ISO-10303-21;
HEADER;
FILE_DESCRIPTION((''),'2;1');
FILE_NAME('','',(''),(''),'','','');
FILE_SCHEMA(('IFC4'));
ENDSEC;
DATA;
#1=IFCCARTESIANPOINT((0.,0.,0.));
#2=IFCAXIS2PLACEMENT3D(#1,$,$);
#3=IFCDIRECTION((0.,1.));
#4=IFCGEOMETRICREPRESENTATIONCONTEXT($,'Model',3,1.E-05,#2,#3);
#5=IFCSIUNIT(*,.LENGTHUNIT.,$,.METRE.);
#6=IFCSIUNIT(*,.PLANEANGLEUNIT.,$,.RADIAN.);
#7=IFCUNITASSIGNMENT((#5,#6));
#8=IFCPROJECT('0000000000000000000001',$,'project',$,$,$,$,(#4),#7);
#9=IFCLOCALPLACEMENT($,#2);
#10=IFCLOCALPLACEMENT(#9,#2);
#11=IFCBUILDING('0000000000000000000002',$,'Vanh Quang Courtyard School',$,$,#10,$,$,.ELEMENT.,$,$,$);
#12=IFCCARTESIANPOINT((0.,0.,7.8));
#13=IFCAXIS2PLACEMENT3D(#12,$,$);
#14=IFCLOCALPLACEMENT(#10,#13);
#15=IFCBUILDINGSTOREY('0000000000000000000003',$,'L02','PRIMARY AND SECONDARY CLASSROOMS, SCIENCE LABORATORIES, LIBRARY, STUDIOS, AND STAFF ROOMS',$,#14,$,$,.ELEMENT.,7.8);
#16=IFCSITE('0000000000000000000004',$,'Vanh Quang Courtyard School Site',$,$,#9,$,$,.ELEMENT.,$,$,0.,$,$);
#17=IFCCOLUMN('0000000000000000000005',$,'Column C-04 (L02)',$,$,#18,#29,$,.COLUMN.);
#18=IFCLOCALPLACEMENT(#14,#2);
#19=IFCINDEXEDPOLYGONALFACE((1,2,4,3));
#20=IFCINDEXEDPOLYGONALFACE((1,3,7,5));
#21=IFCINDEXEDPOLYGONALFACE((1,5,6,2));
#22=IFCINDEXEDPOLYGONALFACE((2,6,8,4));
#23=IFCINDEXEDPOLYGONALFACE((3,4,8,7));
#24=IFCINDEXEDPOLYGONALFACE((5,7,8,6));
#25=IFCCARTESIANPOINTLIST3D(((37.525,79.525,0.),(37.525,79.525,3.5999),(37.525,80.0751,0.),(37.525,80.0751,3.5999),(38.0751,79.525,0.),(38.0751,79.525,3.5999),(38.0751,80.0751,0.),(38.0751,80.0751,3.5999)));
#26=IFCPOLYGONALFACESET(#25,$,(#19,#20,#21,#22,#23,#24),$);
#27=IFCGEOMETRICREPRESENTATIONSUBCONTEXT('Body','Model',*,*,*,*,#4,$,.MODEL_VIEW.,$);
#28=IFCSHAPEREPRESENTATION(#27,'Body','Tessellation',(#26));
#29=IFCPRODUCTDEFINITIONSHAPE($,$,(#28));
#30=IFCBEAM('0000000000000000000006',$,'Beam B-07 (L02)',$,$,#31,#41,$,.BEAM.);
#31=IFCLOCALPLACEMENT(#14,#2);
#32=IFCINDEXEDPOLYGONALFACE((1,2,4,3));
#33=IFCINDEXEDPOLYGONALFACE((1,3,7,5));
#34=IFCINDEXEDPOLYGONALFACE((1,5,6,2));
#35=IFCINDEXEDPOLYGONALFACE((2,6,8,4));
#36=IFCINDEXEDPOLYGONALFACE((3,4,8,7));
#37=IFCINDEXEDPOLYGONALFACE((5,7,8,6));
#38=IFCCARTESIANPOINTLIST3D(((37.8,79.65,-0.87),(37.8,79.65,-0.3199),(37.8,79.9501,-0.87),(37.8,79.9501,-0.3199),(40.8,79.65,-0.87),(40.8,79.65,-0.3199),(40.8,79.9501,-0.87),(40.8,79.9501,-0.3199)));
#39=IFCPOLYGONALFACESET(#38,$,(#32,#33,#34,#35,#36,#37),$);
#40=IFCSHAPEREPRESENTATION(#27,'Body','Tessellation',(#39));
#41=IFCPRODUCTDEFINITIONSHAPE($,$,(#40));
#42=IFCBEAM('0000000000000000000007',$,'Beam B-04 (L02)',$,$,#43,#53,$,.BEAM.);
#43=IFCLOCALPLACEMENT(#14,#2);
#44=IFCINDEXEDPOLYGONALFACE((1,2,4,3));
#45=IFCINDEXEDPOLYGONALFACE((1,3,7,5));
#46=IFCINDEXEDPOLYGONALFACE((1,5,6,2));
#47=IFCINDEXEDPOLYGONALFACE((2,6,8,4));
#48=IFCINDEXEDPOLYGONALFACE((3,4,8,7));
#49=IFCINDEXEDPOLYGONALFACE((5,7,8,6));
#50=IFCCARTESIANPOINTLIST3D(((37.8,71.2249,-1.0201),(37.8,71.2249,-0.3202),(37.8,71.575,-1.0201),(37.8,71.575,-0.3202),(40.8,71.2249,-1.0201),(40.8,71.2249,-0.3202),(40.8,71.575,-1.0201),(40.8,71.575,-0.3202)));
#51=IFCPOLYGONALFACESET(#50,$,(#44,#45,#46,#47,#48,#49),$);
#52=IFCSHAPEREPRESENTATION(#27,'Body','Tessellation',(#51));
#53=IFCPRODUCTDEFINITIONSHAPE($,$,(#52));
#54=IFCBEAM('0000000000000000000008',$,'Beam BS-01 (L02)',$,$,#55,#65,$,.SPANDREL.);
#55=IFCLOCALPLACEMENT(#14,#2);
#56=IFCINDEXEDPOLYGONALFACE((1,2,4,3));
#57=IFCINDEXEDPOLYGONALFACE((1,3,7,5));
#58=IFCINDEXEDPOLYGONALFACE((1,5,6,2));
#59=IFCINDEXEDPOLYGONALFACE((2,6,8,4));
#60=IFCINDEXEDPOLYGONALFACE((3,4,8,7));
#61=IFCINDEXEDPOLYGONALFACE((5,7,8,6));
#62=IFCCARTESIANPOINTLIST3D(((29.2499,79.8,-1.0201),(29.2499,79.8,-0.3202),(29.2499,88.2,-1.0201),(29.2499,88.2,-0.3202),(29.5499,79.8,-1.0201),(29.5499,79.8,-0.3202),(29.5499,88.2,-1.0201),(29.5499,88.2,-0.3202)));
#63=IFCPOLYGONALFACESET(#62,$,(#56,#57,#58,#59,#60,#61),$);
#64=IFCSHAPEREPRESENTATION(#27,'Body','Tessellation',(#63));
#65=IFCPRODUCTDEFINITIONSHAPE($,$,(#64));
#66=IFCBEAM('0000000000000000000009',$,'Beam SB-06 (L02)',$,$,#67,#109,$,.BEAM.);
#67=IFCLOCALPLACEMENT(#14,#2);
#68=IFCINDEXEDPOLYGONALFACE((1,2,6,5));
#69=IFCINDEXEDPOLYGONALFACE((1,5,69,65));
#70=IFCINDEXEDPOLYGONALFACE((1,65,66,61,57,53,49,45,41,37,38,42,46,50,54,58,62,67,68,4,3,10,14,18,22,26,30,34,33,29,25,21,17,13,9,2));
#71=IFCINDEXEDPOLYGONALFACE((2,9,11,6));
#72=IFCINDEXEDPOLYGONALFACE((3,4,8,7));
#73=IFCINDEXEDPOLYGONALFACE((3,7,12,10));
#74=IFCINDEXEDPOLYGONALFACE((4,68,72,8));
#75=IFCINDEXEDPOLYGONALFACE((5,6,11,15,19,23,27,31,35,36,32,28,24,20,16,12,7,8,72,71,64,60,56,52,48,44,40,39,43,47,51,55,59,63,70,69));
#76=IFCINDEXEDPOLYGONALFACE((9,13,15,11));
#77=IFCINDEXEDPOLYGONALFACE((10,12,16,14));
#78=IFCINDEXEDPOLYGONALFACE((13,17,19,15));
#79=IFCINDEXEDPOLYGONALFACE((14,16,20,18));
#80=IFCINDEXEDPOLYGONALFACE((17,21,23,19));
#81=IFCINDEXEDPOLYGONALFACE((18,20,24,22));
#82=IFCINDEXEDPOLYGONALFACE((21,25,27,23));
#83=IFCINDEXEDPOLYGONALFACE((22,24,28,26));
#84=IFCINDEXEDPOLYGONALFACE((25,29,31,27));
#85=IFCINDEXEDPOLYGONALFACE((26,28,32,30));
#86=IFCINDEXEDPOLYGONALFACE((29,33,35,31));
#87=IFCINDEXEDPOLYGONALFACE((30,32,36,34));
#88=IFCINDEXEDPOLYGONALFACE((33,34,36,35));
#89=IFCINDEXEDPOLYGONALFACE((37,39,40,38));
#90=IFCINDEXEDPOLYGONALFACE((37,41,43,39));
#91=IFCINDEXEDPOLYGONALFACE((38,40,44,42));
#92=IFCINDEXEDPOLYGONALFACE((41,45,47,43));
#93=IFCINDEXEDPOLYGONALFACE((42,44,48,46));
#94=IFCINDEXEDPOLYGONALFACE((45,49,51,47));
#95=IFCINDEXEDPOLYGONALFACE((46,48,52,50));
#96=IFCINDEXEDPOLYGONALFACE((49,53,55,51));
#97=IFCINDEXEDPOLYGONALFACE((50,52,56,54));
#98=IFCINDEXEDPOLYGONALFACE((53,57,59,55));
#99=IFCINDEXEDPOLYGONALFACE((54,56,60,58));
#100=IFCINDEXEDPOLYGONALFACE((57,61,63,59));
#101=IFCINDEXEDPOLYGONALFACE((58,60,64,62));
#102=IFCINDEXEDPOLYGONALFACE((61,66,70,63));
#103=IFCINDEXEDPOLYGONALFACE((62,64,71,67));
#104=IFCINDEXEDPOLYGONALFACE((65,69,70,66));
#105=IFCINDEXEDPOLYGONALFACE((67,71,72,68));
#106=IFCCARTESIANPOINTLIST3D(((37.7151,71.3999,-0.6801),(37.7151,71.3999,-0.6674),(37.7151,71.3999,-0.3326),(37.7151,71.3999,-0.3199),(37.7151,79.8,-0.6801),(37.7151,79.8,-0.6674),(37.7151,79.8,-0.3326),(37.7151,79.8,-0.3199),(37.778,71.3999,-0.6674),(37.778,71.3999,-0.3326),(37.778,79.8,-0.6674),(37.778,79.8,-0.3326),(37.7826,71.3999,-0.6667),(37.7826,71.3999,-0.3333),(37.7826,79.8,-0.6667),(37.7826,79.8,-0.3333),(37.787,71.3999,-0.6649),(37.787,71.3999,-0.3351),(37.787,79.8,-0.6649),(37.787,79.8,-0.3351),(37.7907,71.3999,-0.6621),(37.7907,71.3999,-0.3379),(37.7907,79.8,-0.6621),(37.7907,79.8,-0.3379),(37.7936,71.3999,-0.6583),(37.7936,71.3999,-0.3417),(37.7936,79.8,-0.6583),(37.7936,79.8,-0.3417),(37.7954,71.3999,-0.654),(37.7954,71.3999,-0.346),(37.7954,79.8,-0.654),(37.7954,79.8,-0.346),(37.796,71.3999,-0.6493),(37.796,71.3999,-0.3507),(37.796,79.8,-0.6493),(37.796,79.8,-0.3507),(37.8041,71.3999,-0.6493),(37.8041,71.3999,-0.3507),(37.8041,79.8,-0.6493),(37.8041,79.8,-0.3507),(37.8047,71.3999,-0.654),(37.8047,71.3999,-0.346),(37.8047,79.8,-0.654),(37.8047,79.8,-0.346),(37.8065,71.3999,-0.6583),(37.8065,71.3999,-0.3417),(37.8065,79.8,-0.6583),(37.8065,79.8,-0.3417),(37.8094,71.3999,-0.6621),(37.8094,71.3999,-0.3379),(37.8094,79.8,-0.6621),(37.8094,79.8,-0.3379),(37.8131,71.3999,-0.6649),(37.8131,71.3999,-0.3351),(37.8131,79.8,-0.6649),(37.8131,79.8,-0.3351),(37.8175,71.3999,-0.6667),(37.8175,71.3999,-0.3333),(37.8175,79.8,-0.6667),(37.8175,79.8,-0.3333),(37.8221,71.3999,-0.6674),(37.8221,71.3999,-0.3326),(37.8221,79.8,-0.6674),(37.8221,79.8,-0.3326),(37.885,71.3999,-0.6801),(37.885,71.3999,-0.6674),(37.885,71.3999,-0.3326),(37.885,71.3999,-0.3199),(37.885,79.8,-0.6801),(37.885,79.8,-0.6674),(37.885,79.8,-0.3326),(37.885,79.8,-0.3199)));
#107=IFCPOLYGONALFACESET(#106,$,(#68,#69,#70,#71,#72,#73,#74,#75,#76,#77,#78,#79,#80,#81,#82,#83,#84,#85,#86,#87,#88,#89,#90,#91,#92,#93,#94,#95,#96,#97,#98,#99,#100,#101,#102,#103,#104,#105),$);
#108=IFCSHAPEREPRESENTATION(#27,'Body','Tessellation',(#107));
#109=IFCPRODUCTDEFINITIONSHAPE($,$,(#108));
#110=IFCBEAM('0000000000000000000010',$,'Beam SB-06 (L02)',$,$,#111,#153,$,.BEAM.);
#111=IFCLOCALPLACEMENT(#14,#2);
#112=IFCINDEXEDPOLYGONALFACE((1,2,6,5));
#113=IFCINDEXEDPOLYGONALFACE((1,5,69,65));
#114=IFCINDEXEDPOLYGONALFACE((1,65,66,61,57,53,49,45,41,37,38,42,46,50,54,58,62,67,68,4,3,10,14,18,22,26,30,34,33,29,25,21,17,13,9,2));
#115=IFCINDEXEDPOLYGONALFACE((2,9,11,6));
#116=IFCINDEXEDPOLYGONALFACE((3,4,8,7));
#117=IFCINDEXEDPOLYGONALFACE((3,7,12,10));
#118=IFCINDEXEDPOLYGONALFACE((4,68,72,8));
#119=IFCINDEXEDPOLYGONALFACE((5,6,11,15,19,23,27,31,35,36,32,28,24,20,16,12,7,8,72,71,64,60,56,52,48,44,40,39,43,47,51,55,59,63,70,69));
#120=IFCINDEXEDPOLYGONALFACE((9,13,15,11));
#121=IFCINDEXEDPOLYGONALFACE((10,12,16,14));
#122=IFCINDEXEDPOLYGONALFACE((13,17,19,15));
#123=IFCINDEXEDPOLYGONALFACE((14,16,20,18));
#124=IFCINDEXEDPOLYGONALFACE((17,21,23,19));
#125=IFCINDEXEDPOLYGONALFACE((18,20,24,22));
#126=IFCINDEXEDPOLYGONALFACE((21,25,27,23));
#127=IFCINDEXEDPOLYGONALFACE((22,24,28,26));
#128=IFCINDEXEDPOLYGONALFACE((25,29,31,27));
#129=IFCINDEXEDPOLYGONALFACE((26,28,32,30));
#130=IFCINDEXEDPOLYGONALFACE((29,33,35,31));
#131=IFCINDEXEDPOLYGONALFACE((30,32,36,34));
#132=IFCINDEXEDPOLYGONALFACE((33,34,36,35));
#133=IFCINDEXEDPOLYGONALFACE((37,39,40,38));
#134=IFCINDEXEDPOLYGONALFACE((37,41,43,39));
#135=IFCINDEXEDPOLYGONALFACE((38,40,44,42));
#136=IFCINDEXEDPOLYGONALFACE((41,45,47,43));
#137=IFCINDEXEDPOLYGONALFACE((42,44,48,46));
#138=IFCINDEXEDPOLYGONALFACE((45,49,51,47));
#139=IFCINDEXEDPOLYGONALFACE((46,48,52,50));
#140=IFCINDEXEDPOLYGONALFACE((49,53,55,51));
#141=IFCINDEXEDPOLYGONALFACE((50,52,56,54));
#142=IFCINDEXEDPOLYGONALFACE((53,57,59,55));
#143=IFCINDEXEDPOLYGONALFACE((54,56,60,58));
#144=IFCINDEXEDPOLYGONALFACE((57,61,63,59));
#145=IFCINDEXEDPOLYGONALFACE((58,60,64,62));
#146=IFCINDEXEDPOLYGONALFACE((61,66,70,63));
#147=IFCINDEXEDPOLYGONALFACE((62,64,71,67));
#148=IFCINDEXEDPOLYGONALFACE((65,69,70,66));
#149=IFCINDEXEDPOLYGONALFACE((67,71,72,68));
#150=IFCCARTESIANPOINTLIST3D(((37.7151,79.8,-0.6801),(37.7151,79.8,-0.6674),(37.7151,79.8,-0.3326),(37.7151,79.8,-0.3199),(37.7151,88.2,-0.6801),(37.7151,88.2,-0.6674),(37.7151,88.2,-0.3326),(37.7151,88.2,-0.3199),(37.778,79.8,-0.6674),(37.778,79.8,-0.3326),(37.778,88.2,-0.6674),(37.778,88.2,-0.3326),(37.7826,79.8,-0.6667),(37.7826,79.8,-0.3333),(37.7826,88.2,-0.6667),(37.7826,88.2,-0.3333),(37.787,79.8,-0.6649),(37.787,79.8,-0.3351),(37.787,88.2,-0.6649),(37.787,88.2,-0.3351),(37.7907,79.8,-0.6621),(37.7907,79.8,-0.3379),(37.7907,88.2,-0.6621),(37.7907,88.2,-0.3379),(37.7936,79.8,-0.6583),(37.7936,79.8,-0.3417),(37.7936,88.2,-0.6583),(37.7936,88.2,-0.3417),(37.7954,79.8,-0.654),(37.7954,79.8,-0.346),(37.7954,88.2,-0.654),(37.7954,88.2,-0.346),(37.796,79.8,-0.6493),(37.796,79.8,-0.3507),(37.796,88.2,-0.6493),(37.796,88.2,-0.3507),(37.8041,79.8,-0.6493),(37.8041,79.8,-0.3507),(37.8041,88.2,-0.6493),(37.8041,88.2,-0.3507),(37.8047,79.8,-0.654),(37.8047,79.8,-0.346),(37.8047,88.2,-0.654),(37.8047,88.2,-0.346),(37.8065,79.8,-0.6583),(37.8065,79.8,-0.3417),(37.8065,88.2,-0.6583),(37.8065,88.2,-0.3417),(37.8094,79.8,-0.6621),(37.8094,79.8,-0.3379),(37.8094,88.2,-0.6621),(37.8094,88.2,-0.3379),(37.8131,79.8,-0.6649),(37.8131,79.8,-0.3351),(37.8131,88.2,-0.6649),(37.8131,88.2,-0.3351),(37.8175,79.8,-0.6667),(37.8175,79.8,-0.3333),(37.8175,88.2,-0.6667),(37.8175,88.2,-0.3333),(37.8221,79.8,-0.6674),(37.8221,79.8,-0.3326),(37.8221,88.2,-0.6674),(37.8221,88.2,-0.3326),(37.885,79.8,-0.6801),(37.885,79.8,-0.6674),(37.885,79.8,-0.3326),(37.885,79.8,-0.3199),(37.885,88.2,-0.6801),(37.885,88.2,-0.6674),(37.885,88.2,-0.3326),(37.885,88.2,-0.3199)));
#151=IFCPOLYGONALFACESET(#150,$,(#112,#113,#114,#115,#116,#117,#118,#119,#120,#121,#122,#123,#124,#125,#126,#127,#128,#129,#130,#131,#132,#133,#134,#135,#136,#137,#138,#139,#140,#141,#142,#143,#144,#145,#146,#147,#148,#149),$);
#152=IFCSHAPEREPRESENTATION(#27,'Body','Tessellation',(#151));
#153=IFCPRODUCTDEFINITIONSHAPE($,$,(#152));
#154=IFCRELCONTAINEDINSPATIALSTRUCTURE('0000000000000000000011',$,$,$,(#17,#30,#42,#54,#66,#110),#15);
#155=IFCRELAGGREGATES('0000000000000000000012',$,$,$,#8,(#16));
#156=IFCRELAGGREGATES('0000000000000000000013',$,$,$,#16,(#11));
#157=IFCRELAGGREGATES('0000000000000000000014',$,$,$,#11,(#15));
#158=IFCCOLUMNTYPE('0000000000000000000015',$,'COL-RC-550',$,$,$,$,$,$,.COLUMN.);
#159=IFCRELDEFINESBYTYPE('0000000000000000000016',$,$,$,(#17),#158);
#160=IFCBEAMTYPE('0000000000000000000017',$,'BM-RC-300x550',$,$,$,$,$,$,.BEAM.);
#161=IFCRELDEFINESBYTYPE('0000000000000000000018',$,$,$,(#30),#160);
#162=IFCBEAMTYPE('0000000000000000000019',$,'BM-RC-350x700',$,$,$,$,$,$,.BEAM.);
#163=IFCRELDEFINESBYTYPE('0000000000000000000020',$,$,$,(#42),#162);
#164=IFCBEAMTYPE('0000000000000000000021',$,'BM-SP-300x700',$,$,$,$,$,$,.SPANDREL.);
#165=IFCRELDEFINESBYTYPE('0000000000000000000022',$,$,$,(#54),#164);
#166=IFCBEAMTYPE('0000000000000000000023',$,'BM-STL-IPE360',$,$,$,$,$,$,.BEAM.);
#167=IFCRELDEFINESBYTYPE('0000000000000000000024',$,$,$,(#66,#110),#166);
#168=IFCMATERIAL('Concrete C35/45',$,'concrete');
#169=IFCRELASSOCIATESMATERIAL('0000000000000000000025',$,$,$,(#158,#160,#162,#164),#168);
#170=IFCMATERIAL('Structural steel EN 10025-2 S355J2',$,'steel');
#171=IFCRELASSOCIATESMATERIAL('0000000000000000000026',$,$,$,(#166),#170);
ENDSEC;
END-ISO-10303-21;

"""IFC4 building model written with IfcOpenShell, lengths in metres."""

from ifc_helpers import new_model, si_unit, direction, frame, origin, origin_2d, place, context, subcontext, project, spatial, rectangle, i_section, extrude, material, material_profile, profile_set, type_object, element, save


model = new_model("IFC4")

# Units and contexts
model_context = context("Model", 3, precision=1e-05, world=origin(), true_north=direction((0.0, 1.0)))
body_context = subcontext(model_context, "Body", "Model", "MODEL_VIEW")
ifc_project = project(units=[si_unit("LENGTHUNIT", "METRE"), si_unit("PLANEANGLEUNIT", "RADIAN")], contexts=[model_context])

# Site, building, storey
site_placement = place(None, origin())
site = spatial("IfcSite", under=ifc_project, at=site_placement, Name="Vanh Quang Courtyard School Site", CompositionType="ELEMENT", RefElevation=0.0)
building_placement = place(site_placement, origin())
building = spatial("IfcBuilding", under=site, at=building_placement, Name="Vanh Quang Courtyard School", CompositionType="ELEMENT")
storey_placement = place(building_placement, frame((0.0, 0.0, 7.8)))
storey = spatial("IfcBuildingStorey", under=building, at=storey_placement, Name="L02", Description="PRIMARY AND SECONDARY CLASSROOMS, SCIENCE LABORATORIES, LIBRARY, STUDIOS, AND STAFF ROOMS", CompositionType="ELEMENT", Elevation=7.8)

# Column
ifc_material_1 = material(Name="Concrete C35/45", Category="concrete")
ifc_material_profile_1 = material_profile(ifc_material_1, rectangle(XDim=0.55, YDim=0.55, at=origin_2d()), Name="RC-COL 550x550")
ifc_profile_set_1 = profile_set([ifc_material_profile_1], Name="Concrete C35/45")
column_type = type_object("IfcColumnType", Name="COL-RC-550", PredefinedType="COLUMN", material=ifc_profile_set_1)
column_placement = place(storey_placement, frame((37.8, 79.8, 0.0), z_axis=(0.0, 0.0, 1.0), x_axis=(1.0, 0.0, 0.0)))
element("IfcColumn", 1, at=column_placement, inside=storey, type_object=column_type, Name="Column C-04 (L02)", PredefinedType="COLUMN", context=body_context, shape_type="SweptSolid", body=[
    extrude(rectangle(XDim=0.55, YDim=0.55, at=origin_2d()), origin(), (0.0, 0.0, 1.0), 3.5999),
])

# Beams
ifc_material_profile_2 = material_profile(ifc_material_1, rectangle(XDim=0.3, YDim=0.55, at=origin_2d()), Name="RC-BM 300x550")
ifc_profile_set_2 = profile_set([ifc_material_profile_2], Name="Concrete C35/45")
beam_type_1 = type_object("IfcBeamType", Name="BM-RC-300x550", PredefinedType="BEAM", material=ifc_profile_set_2)
beam_1_placement = place(storey_placement, frame((37.8, 79.8, -0.595), z_axis=(1.0, 0.0, 0.0), x_axis=(0.0, 1.0, 0.0)))
element("IfcBeam", 2, at=beam_1_placement, inside=storey, type_object=beam_type_1, Name="Beam B-07 (L02)", PredefinedType="BEAM", context=body_context, shape_type="SweptSolid", body=[
    extrude(rectangle(XDim=0.3, YDim=0.55, at=origin_2d()), origin(), (0.0, 0.0, 1.0), 3.0),
])
ifc_material_profile_3 = material_profile(ifc_material_1, rectangle(XDim=0.3501, YDim=0.7, at=origin_2d()), Name="RC-BM 350x700")
ifc_profile_set_3 = profile_set([ifc_material_profile_3], Name="Concrete C35/45")
beam_type_2 = type_object("IfcBeamType", Name="BM-RC-350x700", PredefinedType="BEAM", material=ifc_profile_set_3)
beam_2_placement = place(storey_placement, frame((37.8, 71.3999, -0.6702), z_axis=(1.0, 0.0, 0.0), x_axis=(0.0, 1.0, 0.0)))
element("IfcBeam", 3, at=beam_2_placement, inside=storey, type_object=beam_type_2, Name="Beam B-04 (L02)", PredefinedType="BEAM", context=body_context, shape_type="SweptSolid", body=[
    extrude(rectangle(XDim=0.3501, YDim=0.7, at=origin_2d()), origin(), (0.0, 0.0, 1.0), 3.0),
])
ifc_material_profile_4 = material_profile(ifc_material_1, rectangle(XDim=0.3, YDim=0.7, at=origin_2d()), Name="RC-SP 300x700")
ifc_profile_set_4 = profile_set([ifc_material_profile_4], Name="Concrete C35/45")
beam_type_3 = type_object("IfcBeamType", Name="BM-SP-300x700", PredefinedType="SPANDREL", material=ifc_profile_set_4)
beam_3_placement = place(storey_placement, frame((29.3999, 79.8, -0.6702), z_axis=(0.0, 1.0, 0.0), x_axis=(-1.0, 0.0, 0.0)))
element("IfcBeam", 4, at=beam_3_placement, inside=storey, type_object=beam_type_3, Name="Beam BS-01 (L02)", PredefinedType="SPANDREL", context=body_context, shape_type="SweptSolid", body=[
    extrude(rectangle(XDim=0.3, YDim=0.7, at=origin_2d()), origin(), (0.0, 0.0, 1.0), 8.3999),
])
ifc_material_2 = material(Name="Structural steel EN 10025-2 S355J2", Category="steel")
ifc_material_profile_5 = material_profile(ifc_material_2, i_section(OverallWidth=0.1699, OverallDepth=0.3601, WebThickness=0.0081, FlangeThickness=0.0127, FilletRadius=0.0181, at=origin_2d()), Name="IPE 360")
ifc_profile_set_5 = profile_set([ifc_material_profile_5], Name="Structural steel EN 10025-2 S355J2")
beam_type_4 = type_object("IfcBeamType", Name="BM-STL-IPE360", PredefinedType="BEAM", material=ifc_profile_set_5)
beam_4_placement = place(storey_placement, frame((37.8, 71.3999, -0.5), z_axis=(0.0, 1.0, 0.0), x_axis=(-1.0, 0.0, 0.0)))
element("IfcBeam", 5, at=beam_4_placement, inside=storey, type_object=beam_type_4, Name="Beam SB-06 (L02)", PredefinedType="BEAM", context=body_context, shape_type="SweptSolid", body=[
    extrude(i_section(OverallWidth=0.1699, OverallDepth=0.3601, WebThickness=0.0081, FlangeThickness=0.0127, FilletRadius=0.0181, at=origin_2d()), origin(), (0.0, 0.0, 1.0), 8.4001),
])
beam_5_placement = place(storey_placement, frame((37.8, 79.8, -0.5), z_axis=(0.0, 1.0, 0.0), x_axis=(-1.0, 0.0, 0.0)))
element("IfcBeam", 6, at=beam_5_placement, inside=storey, type_object=beam_type_4, Name="Beam SB-06 (L02)", PredefinedType="BEAM", context=body_context, shape_type="SweptSolid", body=[
    extrude(i_section(OverallWidth=0.1699, OverallDepth=0.3601, WebThickness=0.0081, FlangeThickness=0.0127, FilletRadius=0.0181, at=origin_2d()), origin(), (0.0, 0.0, 1.0), 8.3999),
])

save(model, "model.ifc")
